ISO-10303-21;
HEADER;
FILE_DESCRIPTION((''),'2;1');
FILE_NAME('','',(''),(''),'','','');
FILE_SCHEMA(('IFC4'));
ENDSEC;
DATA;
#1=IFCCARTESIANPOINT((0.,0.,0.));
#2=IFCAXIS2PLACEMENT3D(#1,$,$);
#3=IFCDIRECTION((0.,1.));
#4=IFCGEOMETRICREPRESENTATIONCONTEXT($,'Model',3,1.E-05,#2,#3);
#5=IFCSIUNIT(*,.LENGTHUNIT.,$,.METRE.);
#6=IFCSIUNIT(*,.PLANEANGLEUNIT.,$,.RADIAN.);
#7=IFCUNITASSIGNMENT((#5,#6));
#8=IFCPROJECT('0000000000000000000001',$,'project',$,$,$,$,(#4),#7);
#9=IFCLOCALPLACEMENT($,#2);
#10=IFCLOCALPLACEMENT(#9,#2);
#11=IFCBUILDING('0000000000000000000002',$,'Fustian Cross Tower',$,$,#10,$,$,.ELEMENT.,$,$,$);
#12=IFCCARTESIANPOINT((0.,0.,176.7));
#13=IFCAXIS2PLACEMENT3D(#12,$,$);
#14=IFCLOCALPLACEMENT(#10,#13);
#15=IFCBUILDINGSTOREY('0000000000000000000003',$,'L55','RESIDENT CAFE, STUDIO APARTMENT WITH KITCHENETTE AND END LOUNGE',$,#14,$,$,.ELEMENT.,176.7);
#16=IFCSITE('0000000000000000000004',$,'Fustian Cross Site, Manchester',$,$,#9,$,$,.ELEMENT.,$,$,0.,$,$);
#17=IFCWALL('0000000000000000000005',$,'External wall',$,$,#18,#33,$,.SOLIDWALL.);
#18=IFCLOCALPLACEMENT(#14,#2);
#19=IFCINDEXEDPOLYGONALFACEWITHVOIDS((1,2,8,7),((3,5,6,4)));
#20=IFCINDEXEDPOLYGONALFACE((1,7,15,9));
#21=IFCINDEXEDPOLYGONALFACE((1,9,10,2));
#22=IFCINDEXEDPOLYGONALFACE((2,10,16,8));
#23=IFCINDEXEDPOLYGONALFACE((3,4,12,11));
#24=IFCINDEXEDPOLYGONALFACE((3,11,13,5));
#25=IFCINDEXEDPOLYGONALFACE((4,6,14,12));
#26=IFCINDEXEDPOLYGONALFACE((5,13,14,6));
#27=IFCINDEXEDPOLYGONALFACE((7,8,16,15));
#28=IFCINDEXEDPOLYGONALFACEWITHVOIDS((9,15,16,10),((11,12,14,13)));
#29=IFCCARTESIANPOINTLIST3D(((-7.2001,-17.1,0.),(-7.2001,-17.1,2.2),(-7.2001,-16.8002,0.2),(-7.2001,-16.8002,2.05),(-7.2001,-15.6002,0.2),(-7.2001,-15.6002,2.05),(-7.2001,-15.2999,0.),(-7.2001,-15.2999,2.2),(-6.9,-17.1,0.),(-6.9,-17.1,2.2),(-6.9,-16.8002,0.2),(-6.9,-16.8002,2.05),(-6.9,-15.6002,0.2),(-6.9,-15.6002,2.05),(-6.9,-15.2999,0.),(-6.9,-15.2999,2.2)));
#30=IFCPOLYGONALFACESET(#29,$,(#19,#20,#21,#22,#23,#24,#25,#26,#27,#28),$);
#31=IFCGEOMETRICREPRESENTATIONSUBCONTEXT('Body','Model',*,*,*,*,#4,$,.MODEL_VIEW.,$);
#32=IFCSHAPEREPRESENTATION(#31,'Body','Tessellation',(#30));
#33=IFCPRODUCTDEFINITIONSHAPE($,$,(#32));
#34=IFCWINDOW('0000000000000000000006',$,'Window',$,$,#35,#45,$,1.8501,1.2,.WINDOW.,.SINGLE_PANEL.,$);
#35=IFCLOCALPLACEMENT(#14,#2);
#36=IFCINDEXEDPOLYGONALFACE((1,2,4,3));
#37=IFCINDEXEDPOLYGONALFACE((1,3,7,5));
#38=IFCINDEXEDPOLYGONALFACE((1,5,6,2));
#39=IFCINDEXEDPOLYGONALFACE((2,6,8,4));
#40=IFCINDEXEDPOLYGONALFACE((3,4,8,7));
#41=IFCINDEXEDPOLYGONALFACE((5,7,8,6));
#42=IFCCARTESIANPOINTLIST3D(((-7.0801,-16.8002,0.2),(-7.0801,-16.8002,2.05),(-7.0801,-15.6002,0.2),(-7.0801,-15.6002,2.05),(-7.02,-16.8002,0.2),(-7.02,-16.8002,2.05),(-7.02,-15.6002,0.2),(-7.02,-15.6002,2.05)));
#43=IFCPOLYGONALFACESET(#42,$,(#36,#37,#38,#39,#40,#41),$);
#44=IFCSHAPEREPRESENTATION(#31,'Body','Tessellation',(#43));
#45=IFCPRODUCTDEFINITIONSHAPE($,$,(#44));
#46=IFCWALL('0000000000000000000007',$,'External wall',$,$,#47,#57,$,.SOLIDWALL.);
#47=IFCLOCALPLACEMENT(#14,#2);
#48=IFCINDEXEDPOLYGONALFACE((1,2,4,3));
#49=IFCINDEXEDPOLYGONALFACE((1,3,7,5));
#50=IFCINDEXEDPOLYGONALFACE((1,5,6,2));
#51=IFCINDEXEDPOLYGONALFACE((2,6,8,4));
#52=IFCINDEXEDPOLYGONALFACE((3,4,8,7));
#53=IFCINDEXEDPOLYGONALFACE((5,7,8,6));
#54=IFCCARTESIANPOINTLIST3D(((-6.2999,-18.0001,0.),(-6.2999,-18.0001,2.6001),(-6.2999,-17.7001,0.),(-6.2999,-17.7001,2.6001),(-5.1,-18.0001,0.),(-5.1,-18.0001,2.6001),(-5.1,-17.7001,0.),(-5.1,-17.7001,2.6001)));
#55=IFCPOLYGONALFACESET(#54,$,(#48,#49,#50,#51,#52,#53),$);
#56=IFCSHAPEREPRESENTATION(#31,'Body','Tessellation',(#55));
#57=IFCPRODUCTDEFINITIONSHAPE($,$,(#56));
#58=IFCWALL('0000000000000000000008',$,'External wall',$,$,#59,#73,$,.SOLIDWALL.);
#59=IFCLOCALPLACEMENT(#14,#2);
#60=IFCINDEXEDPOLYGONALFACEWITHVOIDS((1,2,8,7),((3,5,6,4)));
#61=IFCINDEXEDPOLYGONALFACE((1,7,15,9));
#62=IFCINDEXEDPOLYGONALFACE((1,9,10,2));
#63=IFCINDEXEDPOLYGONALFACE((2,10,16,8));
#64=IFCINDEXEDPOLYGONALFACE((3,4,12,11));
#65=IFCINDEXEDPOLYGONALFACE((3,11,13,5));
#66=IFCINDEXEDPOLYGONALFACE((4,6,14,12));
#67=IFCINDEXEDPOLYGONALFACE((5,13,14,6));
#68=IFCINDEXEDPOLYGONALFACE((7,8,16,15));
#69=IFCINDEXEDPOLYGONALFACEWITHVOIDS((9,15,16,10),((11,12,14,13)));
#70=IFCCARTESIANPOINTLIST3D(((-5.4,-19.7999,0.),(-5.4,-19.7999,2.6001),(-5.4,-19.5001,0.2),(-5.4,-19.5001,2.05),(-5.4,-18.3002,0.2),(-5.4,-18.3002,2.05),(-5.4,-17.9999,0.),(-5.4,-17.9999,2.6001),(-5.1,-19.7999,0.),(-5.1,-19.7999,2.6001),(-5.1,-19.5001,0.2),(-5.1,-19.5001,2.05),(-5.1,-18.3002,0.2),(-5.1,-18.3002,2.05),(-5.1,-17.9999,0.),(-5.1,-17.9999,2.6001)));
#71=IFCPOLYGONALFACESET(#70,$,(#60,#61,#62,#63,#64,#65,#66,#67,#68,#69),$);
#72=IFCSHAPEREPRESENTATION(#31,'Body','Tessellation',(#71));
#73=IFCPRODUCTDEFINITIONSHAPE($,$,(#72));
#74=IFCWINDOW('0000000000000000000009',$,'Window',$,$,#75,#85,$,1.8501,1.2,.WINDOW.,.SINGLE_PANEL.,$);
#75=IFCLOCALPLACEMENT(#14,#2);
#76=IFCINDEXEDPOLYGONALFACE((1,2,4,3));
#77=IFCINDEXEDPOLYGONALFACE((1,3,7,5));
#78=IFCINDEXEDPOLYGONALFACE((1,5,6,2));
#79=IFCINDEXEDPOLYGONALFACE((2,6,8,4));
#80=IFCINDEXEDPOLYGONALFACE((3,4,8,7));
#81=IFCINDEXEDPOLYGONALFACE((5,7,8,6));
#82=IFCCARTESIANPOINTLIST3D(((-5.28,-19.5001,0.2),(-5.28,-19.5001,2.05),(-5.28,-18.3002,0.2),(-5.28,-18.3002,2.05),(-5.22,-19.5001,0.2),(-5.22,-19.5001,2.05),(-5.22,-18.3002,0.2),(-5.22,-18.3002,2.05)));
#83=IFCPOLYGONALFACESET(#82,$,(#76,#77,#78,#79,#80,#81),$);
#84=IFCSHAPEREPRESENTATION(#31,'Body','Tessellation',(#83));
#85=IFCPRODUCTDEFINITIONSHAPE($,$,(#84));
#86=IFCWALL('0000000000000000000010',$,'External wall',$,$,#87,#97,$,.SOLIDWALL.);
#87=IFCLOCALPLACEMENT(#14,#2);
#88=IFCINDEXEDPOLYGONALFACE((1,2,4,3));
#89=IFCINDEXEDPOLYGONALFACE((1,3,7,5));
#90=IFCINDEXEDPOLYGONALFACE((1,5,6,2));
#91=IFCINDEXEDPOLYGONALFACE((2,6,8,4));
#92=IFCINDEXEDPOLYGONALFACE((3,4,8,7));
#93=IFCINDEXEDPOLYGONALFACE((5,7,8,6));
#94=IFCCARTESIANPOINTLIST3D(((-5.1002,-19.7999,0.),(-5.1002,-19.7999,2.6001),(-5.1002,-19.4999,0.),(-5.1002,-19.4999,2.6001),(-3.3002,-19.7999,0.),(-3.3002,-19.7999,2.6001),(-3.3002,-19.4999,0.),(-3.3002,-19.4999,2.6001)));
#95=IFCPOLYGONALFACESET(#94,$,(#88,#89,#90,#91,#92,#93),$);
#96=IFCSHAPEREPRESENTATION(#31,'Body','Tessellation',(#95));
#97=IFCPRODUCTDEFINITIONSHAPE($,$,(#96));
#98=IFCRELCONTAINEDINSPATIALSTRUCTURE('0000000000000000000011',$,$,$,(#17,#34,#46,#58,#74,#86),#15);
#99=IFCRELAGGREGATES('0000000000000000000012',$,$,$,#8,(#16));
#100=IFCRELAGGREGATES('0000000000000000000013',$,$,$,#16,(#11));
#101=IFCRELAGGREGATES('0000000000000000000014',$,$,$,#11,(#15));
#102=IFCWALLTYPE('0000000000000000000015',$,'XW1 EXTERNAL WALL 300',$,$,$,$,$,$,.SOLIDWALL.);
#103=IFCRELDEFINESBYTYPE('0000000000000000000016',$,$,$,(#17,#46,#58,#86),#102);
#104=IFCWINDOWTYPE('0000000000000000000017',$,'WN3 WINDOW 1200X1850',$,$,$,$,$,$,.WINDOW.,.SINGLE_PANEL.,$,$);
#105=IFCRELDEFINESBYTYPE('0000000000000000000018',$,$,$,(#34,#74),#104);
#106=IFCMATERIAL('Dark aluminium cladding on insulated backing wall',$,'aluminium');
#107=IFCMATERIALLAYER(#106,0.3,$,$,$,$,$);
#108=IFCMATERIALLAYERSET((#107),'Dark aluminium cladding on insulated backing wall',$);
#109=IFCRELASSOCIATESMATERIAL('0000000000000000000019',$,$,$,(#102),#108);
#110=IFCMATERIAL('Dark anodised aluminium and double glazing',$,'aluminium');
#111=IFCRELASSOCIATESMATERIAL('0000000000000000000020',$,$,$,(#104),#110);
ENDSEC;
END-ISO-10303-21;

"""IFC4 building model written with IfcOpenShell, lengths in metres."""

from ifc_helpers import new_model, si_unit, direction, frame, frame_2d, origin, place, context, subcontext, project, spatial, rectangle, extrude, material, layer, layer_set, type_object, element, fill, save


model = new_model("IFC4")

# Units and contexts
model_context = context("Model", 3, precision=1e-05, world=origin(), true_north=direction((0.0, 1.0)))
body_context = subcontext(model_context, "Body", "Model", "MODEL_VIEW")
ifc_project = project(units=[si_unit("LENGTHUNIT", "METRE"), si_unit("PLANEANGLEUNIT", "RADIAN")], contexts=[model_context])

# Site, building, storey
site_placement = place(None, origin())
site = spatial("IfcSite", under=ifc_project, at=site_placement, Name="Fustian Cross Site, Manchester", CompositionType="ELEMENT", RefElevation=0.0)
building_placement = place(site_placement, origin())
building = spatial("IfcBuilding", under=site, at=building_placement, Name="Fustian Cross Tower", CompositionType="ELEMENT")
storey_placement = place(building_placement, frame((0.0, 0.0, 176.7)))
storey = spatial("IfcBuildingStorey", under=building, at=storey_placement, Name="L55", Description="RESIDENT CAFE, STUDIO APARTMENT WITH KITCHENETTE AND END LOUNGE", CompositionType="ELEMENT", Elevation=176.7)

# Shared definitions
ifc_material_1 = material(Name="Dark aluminium cladding on insulated backing wall", Category="aluminium")
ifc_layer_1 = layer(ifc_material_1, 0.3)
ifc_layer_set_1 = layer_set([ifc_layer_1], Name="Dark aluminium cladding on insulated backing wall")
wall_type_1 = type_object("IfcWallType", Name="XW1 EXTERNAL WALL 300", PredefinedType="SOLIDWALL", material=ifc_layer_set_1)

# Wall, opening, window
wall_1_placement = place(storey_placement, frame((-7.05, -15.3, 0.0), z_axis=(0.0, 0.0, 1.0), x_axis=(0.0, -1.0, 0.0)))
wall_1 = element("IfcWall", 1, at=wall_1_placement, inside=storey, type_object=wall_type_1, Name="External wall", PredefinedType="SOLIDWALL", context=body_context, shape_type="SweptSolid", body=[
    extrude(rectangle(XDim=1.8, YDim=0.3, at=frame_2d((0.8999, 0.0))), origin(), (0.0, 0.0, 1.0), 2.2),
])
opening_1_placement = place(wall_1_placement, frame((0.3, 0.0, 0.2)))
opening_1 = element("IfcOpeningElement", 2, at=opening_1_placement, cuts=wall_1, PredefinedType="OPENING", context=body_context, shape_type="SweptSolid", body=[
    extrude(rectangle(XDim=1.2, YDim=1.8501, at=frame_2d((0.6001, 0.925))), frame((0.0, 0.1599, 0.0), z_axis=(0.0, -1.0, 0.0), x_axis=(1.0, 0.0, 0.0)), (0.0, 0.0, 1.0), 0.3201),
])
ifc_material_2 = material(Name="Dark anodised aluminium and double glazing", Category="aluminium")
window_type = type_object("IfcWindowType", Name="WN3 WINDOW 1200X1850", PartitioningType="SINGLE_PANEL", PredefinedType="WINDOW", material=ifc_material_2)
window_1_placement = place(opening_1_placement, origin())
window_1 = element("IfcWindow", 3, at=window_1_placement, inside=storey, type_object=window_type, Name="Window", OverallHeight=1.8501, OverallWidth=1.2, PartitioningType="SINGLE_PANEL", PredefinedType="WINDOW", context=body_context, shape_type="SweptSolid", body=[
    extrude(rectangle(XDim=1.2, YDim=1.8501, at=frame_2d((0.6001, 0.925))), frame((0.0, 0.03, 0.0), z_axis=(0.0, -1.0, 0.0), x_axis=(1.0, 0.0, 0.0)), (0.0, 0.0, 1.0), 0.0601),
])
fill(opening_1, window_1)

# Wall
wall_2_placement = place(storey_placement, frame((-6.3, -17.8501, 0.0), z_axis=(0.0, 0.0, 1.0), x_axis=(1.0, 0.0, 0.0)))
element("IfcWall", 4, at=wall_2_placement, inside=storey, type_object=wall_type_1, Name="External wall", PredefinedType="SOLIDWALL", context=body_context, shape_type="SweptSolid", body=[
    extrude(rectangle(XDim=1.2, YDim=0.3, at=frame_2d((0.6001, 0.0))), origin(), (0.0, 0.0, 1.0), 2.6001),
])

# Wall, opening, window
wall_3_placement = place(storey_placement, frame((-5.25, -18.0, 0.0), z_axis=(0.0, 0.0, 1.0), x_axis=(0.0, -1.0, 0.0)))
wall_3 = element("IfcWall", 5, at=wall_3_placement, inside=storey, type_object=wall_type_1, Name="External wall", PredefinedType="SOLIDWALL", context=body_context, shape_type="SweptSolid", body=[
    extrude(rectangle(XDim=1.8, YDim=0.3, at=frame_2d((0.8999, 0.0))), origin(), (0.0, 0.0, 1.0), 2.6001),
])
opening_2_placement = place(wall_3_placement, frame((0.3, 0.0, 0.2)))
opening_2 = element("IfcOpeningElement", 6, at=opening_2_placement, cuts=wall_3, PredefinedType="OPENING", context=body_context, shape_type="SweptSolid", body=[
    extrude(rectangle(XDim=1.2, YDim=1.8501, at=frame_2d((0.6001, 0.925))), frame((0.0, 0.1599, 0.0), z_axis=(0.0, -1.0, 0.0), x_axis=(1.0, 0.0, 0.0)), (0.0, 0.0, 1.0), 0.3201),
])
window_2_placement = place(opening_2_placement, origin())
window_2 = element("IfcWindow", 7, at=window_2_placement, inside=storey, type_object=window_type, Name="Window", OverallHeight=1.8501, OverallWidth=1.2, PartitioningType="SINGLE_PANEL", PredefinedType="WINDOW", context=body_context, shape_type="SweptSolid", body=[
    extrude(rectangle(XDim=1.2, YDim=1.8501, at=frame_2d((0.6001, 0.925))), frame((0.0, 0.03, 0.0), z_axis=(0.0, -1.0, 0.0), x_axis=(1.0, 0.0, 0.0)), (0.0, 0.0, 1.0), 0.0601),
])
fill(opening_2, window_2)

# Wall
wall_4_placement = place(storey_placement, frame((-5.1001, -19.6499, 0.0), z_axis=(0.0, 0.0, 1.0), x_axis=(1.0, 0.0, 0.0)))
element("IfcWall", 8, at=wall_4_placement, inside=storey, type_object=wall_type_1, Name="External wall", PredefinedType="SOLIDWALL", context=body_context, shape_type="SweptSolid", body=[
    extrude(rectangle(XDim=1.8, YDim=0.3, at=frame_2d((0.8999, 0.0))), origin(), (0.0, 0.0, 1.0), 2.6001),
])

save(model, "model.ifc")
